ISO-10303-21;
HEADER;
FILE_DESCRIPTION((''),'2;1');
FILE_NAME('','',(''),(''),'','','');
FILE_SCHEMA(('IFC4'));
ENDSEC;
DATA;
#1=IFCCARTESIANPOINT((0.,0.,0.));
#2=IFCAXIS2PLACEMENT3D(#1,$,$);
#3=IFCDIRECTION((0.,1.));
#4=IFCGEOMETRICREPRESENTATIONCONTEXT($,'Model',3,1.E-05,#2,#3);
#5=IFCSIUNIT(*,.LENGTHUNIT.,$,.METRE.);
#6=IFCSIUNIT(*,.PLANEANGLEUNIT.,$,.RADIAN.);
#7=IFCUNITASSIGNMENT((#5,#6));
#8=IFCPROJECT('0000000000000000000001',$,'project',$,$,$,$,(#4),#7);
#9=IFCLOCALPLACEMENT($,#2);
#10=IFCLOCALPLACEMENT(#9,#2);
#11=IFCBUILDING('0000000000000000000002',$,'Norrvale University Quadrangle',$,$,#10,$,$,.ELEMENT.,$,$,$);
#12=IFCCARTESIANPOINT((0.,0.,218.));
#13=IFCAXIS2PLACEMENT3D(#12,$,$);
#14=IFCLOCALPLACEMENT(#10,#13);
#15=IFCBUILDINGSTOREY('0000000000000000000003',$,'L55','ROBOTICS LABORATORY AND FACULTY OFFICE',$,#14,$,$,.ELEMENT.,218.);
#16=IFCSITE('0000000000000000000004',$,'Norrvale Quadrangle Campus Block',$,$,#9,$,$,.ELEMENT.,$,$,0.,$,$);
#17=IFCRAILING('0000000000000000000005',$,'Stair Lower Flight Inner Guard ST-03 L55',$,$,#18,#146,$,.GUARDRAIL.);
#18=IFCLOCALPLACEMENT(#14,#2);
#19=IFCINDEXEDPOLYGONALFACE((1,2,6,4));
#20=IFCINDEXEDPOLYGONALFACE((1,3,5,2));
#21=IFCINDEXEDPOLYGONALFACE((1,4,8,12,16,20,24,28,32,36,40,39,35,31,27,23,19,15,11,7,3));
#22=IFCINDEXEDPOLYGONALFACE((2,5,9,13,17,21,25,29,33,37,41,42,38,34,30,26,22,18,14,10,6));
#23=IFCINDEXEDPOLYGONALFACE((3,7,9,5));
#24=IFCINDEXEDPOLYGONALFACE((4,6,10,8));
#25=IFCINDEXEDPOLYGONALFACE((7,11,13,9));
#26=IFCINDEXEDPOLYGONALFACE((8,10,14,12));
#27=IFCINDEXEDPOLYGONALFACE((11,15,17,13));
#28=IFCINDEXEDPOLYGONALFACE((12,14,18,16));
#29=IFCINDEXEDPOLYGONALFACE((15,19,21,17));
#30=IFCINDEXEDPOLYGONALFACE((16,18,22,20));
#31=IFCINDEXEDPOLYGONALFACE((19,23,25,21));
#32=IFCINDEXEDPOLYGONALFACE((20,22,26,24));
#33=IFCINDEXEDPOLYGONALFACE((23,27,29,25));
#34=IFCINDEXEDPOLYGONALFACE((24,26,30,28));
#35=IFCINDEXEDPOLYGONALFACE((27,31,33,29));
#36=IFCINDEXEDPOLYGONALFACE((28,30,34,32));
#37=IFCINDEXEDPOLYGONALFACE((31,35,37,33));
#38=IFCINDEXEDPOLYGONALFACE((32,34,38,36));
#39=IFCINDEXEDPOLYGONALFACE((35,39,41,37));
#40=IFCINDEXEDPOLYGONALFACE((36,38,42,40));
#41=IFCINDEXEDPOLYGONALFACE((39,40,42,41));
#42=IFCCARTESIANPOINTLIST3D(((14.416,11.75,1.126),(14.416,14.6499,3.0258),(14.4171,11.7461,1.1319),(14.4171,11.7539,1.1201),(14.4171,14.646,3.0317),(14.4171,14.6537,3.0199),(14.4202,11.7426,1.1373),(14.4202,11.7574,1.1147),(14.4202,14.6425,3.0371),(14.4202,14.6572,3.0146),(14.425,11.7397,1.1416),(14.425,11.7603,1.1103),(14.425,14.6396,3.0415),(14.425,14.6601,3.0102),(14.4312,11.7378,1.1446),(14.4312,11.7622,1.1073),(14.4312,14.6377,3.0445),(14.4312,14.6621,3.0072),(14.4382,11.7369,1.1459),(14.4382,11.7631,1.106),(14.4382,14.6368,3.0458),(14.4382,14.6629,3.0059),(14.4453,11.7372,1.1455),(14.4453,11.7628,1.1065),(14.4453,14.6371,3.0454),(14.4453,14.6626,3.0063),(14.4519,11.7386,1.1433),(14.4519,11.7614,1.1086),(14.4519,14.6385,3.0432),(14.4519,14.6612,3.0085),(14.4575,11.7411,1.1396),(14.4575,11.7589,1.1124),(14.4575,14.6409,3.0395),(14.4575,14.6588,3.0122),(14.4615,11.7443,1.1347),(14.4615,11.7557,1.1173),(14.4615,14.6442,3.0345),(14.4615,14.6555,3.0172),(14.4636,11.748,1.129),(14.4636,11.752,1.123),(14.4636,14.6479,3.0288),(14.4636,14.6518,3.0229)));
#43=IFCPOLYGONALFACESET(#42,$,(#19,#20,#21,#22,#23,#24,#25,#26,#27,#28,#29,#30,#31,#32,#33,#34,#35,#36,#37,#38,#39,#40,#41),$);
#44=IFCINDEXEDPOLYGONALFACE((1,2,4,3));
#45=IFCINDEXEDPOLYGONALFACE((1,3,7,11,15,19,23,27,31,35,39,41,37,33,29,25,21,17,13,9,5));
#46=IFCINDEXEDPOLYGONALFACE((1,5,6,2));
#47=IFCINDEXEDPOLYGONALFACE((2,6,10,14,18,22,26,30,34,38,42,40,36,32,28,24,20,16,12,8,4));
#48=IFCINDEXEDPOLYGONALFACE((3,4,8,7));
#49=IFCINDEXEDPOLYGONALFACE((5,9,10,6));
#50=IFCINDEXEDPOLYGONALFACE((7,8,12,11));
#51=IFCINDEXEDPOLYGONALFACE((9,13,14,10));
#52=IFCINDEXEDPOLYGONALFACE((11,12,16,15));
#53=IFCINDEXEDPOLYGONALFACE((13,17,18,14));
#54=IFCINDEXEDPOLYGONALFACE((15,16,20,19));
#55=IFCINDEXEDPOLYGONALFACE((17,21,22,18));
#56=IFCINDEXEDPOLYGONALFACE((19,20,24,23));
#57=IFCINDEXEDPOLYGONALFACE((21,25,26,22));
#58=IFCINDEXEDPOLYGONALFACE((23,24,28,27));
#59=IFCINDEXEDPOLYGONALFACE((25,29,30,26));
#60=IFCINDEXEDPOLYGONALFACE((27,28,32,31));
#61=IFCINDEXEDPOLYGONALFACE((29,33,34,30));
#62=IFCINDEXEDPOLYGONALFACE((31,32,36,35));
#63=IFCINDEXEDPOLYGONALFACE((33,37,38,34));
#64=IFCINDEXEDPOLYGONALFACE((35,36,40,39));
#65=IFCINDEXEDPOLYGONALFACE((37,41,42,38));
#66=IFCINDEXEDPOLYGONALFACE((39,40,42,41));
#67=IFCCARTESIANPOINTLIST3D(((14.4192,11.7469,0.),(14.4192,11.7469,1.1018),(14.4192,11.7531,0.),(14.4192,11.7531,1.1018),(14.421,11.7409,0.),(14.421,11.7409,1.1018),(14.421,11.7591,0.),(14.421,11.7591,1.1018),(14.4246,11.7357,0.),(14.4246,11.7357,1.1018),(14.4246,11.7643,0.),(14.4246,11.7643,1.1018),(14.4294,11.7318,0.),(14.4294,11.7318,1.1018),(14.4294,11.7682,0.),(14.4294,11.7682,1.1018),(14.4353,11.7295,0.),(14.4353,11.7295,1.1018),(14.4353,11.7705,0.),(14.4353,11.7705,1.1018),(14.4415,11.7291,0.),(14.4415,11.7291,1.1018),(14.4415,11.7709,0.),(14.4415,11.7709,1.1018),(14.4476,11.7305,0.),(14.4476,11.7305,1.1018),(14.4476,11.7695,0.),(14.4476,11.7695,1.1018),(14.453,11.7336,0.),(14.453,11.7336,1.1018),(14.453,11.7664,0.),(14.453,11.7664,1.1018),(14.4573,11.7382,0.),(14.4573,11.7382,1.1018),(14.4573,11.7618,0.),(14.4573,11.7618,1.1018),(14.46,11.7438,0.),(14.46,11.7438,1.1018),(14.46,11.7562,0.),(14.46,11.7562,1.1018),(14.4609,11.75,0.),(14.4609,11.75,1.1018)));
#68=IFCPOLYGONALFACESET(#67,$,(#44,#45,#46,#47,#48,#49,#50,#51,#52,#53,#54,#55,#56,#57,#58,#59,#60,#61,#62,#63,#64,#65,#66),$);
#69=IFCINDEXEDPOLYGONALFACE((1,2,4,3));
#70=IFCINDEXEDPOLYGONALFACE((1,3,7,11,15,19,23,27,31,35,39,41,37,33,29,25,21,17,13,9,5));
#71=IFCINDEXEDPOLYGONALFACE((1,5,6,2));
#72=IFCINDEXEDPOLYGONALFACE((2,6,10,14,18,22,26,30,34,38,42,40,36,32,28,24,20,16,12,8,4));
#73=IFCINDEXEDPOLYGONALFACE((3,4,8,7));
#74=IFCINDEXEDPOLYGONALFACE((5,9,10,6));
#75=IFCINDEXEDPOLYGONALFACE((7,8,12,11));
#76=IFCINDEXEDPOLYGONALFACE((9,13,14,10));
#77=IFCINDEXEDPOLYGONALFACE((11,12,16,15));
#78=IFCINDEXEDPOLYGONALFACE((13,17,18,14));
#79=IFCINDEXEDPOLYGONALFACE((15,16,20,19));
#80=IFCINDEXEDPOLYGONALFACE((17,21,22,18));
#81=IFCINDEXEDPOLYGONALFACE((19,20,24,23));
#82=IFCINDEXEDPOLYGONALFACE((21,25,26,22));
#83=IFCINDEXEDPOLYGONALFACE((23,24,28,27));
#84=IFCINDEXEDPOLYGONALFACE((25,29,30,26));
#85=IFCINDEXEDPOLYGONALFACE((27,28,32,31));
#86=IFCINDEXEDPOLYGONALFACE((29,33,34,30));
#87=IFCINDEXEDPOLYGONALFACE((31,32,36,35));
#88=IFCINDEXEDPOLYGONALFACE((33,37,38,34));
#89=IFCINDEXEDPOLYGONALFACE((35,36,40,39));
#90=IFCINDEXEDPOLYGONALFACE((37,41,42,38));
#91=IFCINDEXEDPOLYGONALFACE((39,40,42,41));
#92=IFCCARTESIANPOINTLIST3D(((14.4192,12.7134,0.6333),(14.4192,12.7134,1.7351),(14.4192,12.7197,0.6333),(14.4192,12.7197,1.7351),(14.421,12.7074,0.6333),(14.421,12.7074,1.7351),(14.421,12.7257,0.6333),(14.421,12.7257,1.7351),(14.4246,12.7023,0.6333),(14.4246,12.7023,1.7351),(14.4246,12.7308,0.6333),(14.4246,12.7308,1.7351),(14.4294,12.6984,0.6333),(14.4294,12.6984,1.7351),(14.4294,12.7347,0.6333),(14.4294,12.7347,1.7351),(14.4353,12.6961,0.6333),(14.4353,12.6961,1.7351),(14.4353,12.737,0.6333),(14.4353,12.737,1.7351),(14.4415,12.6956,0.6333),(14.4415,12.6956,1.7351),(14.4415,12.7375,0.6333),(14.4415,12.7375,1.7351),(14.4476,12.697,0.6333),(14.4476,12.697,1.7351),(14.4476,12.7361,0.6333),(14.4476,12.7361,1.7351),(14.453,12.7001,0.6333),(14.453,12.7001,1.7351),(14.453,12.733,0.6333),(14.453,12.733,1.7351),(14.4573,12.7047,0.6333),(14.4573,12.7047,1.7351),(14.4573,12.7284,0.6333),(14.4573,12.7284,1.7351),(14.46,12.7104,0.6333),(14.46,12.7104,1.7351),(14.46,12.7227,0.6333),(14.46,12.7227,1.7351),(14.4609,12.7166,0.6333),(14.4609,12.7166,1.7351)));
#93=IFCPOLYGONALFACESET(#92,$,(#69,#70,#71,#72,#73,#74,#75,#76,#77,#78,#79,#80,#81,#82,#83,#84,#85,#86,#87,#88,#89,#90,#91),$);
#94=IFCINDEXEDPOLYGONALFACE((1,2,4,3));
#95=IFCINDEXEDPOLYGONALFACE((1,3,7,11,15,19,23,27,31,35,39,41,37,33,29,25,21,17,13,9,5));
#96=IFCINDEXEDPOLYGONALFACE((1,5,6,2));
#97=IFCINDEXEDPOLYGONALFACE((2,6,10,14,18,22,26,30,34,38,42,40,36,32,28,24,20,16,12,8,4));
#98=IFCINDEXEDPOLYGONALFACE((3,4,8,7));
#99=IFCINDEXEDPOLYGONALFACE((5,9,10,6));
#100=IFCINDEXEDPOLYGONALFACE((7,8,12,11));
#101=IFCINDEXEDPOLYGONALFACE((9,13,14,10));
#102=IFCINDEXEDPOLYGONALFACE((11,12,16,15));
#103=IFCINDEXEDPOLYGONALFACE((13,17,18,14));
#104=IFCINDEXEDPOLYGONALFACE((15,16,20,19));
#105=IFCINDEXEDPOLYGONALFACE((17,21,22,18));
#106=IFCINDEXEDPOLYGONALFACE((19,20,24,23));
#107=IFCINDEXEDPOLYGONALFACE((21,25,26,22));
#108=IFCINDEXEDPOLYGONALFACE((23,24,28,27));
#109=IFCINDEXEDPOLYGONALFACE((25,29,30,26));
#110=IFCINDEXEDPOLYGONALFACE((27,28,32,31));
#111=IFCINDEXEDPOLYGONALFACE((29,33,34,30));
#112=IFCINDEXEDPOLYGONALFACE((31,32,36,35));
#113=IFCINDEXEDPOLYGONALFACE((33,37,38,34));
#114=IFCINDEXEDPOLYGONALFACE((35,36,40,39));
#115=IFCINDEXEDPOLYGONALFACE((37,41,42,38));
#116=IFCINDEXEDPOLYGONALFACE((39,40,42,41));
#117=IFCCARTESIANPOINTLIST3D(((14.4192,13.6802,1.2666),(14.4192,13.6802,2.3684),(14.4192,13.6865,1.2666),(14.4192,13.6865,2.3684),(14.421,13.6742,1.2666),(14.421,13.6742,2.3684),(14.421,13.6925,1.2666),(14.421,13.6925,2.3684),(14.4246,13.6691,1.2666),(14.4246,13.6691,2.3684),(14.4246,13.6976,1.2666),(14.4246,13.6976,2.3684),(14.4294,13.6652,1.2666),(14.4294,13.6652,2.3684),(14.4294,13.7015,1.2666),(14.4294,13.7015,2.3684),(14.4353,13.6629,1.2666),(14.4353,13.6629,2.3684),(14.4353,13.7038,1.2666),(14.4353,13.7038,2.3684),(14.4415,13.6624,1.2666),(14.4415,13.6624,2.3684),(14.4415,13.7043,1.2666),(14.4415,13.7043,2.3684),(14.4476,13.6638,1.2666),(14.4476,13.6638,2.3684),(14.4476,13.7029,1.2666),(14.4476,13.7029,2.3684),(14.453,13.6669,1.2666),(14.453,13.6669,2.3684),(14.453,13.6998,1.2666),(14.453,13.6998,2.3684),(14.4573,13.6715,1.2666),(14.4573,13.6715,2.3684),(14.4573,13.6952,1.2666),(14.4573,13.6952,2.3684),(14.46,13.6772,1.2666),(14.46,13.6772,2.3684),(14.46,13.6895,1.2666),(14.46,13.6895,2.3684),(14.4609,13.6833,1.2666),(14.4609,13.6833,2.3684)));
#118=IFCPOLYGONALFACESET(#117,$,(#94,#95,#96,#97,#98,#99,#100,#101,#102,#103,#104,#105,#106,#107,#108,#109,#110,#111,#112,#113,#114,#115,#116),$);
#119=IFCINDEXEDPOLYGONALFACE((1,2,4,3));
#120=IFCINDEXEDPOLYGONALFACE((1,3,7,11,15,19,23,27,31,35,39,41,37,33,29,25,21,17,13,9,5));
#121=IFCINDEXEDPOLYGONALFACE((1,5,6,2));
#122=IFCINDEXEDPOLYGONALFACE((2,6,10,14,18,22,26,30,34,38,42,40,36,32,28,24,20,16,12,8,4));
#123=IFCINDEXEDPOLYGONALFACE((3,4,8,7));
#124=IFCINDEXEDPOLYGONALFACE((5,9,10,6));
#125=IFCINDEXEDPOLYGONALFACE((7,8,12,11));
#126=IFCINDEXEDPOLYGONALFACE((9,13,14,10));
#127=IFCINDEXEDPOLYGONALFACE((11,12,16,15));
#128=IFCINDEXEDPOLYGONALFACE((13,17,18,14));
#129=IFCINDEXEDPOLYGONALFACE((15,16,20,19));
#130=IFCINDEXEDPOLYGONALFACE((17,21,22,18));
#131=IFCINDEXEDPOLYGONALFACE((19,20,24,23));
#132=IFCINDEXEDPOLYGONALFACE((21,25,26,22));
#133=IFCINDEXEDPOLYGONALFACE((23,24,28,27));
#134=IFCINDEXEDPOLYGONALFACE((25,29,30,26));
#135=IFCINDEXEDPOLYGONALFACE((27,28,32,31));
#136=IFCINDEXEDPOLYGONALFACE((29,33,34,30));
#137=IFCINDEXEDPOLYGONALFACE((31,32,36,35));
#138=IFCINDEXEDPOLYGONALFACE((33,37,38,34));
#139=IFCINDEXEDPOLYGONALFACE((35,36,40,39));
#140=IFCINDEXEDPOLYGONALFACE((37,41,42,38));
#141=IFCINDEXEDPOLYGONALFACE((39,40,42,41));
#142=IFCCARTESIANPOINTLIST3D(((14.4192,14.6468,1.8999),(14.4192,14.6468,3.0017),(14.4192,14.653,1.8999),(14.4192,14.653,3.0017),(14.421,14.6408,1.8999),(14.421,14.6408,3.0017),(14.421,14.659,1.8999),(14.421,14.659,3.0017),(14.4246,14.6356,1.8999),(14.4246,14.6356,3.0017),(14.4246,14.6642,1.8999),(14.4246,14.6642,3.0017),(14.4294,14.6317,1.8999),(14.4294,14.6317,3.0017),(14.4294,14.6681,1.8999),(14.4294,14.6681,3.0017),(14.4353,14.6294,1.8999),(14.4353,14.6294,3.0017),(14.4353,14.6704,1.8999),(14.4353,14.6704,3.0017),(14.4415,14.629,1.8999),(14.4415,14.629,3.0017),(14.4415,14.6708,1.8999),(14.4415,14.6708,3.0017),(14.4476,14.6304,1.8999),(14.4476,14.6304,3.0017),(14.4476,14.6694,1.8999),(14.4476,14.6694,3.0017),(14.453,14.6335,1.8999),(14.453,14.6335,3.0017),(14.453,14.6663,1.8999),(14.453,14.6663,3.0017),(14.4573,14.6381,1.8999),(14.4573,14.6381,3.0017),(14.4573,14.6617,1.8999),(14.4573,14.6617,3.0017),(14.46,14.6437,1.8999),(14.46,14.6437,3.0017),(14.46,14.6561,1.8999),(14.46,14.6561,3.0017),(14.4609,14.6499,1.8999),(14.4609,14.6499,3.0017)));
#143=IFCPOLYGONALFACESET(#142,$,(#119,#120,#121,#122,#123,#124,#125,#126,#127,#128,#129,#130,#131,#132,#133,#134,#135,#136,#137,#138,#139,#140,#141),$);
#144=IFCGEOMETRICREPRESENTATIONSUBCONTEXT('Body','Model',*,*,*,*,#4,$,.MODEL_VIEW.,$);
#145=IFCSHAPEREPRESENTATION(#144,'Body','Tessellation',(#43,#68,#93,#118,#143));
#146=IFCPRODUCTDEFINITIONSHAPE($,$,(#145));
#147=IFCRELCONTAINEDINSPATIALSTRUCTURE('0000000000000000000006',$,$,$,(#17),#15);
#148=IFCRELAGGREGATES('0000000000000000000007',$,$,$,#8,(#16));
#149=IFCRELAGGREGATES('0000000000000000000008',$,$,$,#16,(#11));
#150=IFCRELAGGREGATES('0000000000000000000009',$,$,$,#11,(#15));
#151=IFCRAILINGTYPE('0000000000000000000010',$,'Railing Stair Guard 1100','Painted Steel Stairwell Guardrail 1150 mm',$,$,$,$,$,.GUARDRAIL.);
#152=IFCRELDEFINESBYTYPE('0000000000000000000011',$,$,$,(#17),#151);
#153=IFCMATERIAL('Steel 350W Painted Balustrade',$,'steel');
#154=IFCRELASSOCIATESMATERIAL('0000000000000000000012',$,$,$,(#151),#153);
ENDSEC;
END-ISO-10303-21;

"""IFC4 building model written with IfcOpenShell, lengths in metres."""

from ifc_helpers import new_model, si_unit, direction, frame, origin, origin_2d, place, context, subcontext, project, spatial, circle, extrude, material, type_object, element, save


model = new_model("IFC4")

# Units and contexts
model_context = context("Model", 3, precision=1e-05, world=origin(), true_north=direction((0.0, 1.0)))
body_context = subcontext(model_context, "Body", "Model", "MODEL_VIEW")
ifc_project = project(units=[si_unit("LENGTHUNIT", "METRE"), si_unit("PLANEANGLEUNIT", "RADIAN")], contexts=[model_context])

# Site, building, storey
site_placement = place(None, origin())
site = spatial("IfcSite", under=ifc_project, at=site_placement, Name="Norrvale Quadrangle Campus Block", CompositionType="ELEMENT", RefElevation=0.0)
building_placement = place(site_placement, origin())
building = spatial("IfcBuilding", under=site, at=building_placement, Name="Norrvale University Quadrangle", CompositionType="ELEMENT")
storey_placement = place(building_placement, frame((0.0, 0.0, 218.0)))
storey = spatial("IfcBuildingStorey", under=building, at=storey_placement, Name="L55", Description="ROBOTICS LABORATORY AND FACULTY OFFICE", CompositionType="ELEMENT", Elevation=218.0)

# Railing
ifc_material_1 = material(Name="Steel 350W Painted Balustrade", Category="steel")
railing_type_1 = type_object("IfcRailingType", Name="Railing Stair Guard 1100", Description="Painted Steel Stairwell Guardrail 1150 mm", PredefinedType="GUARDRAIL", material=ifc_material_1)
railing_1_placement = place(storey_placement, frame((14.4399, 11.75, 0.0)))
element("IfcRailing", 1, at=railing_1_placement, inside=storey, type_object=railing_type_1, Name="Stair Lower Flight Inner Guard ST-03 L55", PredefinedType="GUARDRAIL", context=body_context, shape_type="SweptSolid", body=[
    extrude(circle(Radius=0.0239, at=origin_2d()), frame((0.0, 0.0, 1.126), z_axis=(0.0, 0.836466, 0.548019), x_axis=(-1.0, 0.0, 0.0)), (0.0, 0.0, 1.0), 3.4668),
    extrude(circle(Radius=0.021, at=origin_2d()), origin(), (0.0, 0.0, 1.0), 1.1018),
    extrude(circle(Radius=0.021, at=origin_2d()), frame((0.0, 0.9666, 0.6333)), (0.0, 0.0, 1.0), 1.1018),
    extrude(circle(Radius=0.021, at=origin_2d()), frame((0.0, 1.9333, 1.2666)), (0.0, 0.0, 1.0), 1.1018),
    extrude(circle(Radius=0.021, at=origin_2d()), frame((0.0, 2.8999, 1.8999)), (0.0, 0.0, 1.0), 1.1018),
])

save(model, "model.ifc")
